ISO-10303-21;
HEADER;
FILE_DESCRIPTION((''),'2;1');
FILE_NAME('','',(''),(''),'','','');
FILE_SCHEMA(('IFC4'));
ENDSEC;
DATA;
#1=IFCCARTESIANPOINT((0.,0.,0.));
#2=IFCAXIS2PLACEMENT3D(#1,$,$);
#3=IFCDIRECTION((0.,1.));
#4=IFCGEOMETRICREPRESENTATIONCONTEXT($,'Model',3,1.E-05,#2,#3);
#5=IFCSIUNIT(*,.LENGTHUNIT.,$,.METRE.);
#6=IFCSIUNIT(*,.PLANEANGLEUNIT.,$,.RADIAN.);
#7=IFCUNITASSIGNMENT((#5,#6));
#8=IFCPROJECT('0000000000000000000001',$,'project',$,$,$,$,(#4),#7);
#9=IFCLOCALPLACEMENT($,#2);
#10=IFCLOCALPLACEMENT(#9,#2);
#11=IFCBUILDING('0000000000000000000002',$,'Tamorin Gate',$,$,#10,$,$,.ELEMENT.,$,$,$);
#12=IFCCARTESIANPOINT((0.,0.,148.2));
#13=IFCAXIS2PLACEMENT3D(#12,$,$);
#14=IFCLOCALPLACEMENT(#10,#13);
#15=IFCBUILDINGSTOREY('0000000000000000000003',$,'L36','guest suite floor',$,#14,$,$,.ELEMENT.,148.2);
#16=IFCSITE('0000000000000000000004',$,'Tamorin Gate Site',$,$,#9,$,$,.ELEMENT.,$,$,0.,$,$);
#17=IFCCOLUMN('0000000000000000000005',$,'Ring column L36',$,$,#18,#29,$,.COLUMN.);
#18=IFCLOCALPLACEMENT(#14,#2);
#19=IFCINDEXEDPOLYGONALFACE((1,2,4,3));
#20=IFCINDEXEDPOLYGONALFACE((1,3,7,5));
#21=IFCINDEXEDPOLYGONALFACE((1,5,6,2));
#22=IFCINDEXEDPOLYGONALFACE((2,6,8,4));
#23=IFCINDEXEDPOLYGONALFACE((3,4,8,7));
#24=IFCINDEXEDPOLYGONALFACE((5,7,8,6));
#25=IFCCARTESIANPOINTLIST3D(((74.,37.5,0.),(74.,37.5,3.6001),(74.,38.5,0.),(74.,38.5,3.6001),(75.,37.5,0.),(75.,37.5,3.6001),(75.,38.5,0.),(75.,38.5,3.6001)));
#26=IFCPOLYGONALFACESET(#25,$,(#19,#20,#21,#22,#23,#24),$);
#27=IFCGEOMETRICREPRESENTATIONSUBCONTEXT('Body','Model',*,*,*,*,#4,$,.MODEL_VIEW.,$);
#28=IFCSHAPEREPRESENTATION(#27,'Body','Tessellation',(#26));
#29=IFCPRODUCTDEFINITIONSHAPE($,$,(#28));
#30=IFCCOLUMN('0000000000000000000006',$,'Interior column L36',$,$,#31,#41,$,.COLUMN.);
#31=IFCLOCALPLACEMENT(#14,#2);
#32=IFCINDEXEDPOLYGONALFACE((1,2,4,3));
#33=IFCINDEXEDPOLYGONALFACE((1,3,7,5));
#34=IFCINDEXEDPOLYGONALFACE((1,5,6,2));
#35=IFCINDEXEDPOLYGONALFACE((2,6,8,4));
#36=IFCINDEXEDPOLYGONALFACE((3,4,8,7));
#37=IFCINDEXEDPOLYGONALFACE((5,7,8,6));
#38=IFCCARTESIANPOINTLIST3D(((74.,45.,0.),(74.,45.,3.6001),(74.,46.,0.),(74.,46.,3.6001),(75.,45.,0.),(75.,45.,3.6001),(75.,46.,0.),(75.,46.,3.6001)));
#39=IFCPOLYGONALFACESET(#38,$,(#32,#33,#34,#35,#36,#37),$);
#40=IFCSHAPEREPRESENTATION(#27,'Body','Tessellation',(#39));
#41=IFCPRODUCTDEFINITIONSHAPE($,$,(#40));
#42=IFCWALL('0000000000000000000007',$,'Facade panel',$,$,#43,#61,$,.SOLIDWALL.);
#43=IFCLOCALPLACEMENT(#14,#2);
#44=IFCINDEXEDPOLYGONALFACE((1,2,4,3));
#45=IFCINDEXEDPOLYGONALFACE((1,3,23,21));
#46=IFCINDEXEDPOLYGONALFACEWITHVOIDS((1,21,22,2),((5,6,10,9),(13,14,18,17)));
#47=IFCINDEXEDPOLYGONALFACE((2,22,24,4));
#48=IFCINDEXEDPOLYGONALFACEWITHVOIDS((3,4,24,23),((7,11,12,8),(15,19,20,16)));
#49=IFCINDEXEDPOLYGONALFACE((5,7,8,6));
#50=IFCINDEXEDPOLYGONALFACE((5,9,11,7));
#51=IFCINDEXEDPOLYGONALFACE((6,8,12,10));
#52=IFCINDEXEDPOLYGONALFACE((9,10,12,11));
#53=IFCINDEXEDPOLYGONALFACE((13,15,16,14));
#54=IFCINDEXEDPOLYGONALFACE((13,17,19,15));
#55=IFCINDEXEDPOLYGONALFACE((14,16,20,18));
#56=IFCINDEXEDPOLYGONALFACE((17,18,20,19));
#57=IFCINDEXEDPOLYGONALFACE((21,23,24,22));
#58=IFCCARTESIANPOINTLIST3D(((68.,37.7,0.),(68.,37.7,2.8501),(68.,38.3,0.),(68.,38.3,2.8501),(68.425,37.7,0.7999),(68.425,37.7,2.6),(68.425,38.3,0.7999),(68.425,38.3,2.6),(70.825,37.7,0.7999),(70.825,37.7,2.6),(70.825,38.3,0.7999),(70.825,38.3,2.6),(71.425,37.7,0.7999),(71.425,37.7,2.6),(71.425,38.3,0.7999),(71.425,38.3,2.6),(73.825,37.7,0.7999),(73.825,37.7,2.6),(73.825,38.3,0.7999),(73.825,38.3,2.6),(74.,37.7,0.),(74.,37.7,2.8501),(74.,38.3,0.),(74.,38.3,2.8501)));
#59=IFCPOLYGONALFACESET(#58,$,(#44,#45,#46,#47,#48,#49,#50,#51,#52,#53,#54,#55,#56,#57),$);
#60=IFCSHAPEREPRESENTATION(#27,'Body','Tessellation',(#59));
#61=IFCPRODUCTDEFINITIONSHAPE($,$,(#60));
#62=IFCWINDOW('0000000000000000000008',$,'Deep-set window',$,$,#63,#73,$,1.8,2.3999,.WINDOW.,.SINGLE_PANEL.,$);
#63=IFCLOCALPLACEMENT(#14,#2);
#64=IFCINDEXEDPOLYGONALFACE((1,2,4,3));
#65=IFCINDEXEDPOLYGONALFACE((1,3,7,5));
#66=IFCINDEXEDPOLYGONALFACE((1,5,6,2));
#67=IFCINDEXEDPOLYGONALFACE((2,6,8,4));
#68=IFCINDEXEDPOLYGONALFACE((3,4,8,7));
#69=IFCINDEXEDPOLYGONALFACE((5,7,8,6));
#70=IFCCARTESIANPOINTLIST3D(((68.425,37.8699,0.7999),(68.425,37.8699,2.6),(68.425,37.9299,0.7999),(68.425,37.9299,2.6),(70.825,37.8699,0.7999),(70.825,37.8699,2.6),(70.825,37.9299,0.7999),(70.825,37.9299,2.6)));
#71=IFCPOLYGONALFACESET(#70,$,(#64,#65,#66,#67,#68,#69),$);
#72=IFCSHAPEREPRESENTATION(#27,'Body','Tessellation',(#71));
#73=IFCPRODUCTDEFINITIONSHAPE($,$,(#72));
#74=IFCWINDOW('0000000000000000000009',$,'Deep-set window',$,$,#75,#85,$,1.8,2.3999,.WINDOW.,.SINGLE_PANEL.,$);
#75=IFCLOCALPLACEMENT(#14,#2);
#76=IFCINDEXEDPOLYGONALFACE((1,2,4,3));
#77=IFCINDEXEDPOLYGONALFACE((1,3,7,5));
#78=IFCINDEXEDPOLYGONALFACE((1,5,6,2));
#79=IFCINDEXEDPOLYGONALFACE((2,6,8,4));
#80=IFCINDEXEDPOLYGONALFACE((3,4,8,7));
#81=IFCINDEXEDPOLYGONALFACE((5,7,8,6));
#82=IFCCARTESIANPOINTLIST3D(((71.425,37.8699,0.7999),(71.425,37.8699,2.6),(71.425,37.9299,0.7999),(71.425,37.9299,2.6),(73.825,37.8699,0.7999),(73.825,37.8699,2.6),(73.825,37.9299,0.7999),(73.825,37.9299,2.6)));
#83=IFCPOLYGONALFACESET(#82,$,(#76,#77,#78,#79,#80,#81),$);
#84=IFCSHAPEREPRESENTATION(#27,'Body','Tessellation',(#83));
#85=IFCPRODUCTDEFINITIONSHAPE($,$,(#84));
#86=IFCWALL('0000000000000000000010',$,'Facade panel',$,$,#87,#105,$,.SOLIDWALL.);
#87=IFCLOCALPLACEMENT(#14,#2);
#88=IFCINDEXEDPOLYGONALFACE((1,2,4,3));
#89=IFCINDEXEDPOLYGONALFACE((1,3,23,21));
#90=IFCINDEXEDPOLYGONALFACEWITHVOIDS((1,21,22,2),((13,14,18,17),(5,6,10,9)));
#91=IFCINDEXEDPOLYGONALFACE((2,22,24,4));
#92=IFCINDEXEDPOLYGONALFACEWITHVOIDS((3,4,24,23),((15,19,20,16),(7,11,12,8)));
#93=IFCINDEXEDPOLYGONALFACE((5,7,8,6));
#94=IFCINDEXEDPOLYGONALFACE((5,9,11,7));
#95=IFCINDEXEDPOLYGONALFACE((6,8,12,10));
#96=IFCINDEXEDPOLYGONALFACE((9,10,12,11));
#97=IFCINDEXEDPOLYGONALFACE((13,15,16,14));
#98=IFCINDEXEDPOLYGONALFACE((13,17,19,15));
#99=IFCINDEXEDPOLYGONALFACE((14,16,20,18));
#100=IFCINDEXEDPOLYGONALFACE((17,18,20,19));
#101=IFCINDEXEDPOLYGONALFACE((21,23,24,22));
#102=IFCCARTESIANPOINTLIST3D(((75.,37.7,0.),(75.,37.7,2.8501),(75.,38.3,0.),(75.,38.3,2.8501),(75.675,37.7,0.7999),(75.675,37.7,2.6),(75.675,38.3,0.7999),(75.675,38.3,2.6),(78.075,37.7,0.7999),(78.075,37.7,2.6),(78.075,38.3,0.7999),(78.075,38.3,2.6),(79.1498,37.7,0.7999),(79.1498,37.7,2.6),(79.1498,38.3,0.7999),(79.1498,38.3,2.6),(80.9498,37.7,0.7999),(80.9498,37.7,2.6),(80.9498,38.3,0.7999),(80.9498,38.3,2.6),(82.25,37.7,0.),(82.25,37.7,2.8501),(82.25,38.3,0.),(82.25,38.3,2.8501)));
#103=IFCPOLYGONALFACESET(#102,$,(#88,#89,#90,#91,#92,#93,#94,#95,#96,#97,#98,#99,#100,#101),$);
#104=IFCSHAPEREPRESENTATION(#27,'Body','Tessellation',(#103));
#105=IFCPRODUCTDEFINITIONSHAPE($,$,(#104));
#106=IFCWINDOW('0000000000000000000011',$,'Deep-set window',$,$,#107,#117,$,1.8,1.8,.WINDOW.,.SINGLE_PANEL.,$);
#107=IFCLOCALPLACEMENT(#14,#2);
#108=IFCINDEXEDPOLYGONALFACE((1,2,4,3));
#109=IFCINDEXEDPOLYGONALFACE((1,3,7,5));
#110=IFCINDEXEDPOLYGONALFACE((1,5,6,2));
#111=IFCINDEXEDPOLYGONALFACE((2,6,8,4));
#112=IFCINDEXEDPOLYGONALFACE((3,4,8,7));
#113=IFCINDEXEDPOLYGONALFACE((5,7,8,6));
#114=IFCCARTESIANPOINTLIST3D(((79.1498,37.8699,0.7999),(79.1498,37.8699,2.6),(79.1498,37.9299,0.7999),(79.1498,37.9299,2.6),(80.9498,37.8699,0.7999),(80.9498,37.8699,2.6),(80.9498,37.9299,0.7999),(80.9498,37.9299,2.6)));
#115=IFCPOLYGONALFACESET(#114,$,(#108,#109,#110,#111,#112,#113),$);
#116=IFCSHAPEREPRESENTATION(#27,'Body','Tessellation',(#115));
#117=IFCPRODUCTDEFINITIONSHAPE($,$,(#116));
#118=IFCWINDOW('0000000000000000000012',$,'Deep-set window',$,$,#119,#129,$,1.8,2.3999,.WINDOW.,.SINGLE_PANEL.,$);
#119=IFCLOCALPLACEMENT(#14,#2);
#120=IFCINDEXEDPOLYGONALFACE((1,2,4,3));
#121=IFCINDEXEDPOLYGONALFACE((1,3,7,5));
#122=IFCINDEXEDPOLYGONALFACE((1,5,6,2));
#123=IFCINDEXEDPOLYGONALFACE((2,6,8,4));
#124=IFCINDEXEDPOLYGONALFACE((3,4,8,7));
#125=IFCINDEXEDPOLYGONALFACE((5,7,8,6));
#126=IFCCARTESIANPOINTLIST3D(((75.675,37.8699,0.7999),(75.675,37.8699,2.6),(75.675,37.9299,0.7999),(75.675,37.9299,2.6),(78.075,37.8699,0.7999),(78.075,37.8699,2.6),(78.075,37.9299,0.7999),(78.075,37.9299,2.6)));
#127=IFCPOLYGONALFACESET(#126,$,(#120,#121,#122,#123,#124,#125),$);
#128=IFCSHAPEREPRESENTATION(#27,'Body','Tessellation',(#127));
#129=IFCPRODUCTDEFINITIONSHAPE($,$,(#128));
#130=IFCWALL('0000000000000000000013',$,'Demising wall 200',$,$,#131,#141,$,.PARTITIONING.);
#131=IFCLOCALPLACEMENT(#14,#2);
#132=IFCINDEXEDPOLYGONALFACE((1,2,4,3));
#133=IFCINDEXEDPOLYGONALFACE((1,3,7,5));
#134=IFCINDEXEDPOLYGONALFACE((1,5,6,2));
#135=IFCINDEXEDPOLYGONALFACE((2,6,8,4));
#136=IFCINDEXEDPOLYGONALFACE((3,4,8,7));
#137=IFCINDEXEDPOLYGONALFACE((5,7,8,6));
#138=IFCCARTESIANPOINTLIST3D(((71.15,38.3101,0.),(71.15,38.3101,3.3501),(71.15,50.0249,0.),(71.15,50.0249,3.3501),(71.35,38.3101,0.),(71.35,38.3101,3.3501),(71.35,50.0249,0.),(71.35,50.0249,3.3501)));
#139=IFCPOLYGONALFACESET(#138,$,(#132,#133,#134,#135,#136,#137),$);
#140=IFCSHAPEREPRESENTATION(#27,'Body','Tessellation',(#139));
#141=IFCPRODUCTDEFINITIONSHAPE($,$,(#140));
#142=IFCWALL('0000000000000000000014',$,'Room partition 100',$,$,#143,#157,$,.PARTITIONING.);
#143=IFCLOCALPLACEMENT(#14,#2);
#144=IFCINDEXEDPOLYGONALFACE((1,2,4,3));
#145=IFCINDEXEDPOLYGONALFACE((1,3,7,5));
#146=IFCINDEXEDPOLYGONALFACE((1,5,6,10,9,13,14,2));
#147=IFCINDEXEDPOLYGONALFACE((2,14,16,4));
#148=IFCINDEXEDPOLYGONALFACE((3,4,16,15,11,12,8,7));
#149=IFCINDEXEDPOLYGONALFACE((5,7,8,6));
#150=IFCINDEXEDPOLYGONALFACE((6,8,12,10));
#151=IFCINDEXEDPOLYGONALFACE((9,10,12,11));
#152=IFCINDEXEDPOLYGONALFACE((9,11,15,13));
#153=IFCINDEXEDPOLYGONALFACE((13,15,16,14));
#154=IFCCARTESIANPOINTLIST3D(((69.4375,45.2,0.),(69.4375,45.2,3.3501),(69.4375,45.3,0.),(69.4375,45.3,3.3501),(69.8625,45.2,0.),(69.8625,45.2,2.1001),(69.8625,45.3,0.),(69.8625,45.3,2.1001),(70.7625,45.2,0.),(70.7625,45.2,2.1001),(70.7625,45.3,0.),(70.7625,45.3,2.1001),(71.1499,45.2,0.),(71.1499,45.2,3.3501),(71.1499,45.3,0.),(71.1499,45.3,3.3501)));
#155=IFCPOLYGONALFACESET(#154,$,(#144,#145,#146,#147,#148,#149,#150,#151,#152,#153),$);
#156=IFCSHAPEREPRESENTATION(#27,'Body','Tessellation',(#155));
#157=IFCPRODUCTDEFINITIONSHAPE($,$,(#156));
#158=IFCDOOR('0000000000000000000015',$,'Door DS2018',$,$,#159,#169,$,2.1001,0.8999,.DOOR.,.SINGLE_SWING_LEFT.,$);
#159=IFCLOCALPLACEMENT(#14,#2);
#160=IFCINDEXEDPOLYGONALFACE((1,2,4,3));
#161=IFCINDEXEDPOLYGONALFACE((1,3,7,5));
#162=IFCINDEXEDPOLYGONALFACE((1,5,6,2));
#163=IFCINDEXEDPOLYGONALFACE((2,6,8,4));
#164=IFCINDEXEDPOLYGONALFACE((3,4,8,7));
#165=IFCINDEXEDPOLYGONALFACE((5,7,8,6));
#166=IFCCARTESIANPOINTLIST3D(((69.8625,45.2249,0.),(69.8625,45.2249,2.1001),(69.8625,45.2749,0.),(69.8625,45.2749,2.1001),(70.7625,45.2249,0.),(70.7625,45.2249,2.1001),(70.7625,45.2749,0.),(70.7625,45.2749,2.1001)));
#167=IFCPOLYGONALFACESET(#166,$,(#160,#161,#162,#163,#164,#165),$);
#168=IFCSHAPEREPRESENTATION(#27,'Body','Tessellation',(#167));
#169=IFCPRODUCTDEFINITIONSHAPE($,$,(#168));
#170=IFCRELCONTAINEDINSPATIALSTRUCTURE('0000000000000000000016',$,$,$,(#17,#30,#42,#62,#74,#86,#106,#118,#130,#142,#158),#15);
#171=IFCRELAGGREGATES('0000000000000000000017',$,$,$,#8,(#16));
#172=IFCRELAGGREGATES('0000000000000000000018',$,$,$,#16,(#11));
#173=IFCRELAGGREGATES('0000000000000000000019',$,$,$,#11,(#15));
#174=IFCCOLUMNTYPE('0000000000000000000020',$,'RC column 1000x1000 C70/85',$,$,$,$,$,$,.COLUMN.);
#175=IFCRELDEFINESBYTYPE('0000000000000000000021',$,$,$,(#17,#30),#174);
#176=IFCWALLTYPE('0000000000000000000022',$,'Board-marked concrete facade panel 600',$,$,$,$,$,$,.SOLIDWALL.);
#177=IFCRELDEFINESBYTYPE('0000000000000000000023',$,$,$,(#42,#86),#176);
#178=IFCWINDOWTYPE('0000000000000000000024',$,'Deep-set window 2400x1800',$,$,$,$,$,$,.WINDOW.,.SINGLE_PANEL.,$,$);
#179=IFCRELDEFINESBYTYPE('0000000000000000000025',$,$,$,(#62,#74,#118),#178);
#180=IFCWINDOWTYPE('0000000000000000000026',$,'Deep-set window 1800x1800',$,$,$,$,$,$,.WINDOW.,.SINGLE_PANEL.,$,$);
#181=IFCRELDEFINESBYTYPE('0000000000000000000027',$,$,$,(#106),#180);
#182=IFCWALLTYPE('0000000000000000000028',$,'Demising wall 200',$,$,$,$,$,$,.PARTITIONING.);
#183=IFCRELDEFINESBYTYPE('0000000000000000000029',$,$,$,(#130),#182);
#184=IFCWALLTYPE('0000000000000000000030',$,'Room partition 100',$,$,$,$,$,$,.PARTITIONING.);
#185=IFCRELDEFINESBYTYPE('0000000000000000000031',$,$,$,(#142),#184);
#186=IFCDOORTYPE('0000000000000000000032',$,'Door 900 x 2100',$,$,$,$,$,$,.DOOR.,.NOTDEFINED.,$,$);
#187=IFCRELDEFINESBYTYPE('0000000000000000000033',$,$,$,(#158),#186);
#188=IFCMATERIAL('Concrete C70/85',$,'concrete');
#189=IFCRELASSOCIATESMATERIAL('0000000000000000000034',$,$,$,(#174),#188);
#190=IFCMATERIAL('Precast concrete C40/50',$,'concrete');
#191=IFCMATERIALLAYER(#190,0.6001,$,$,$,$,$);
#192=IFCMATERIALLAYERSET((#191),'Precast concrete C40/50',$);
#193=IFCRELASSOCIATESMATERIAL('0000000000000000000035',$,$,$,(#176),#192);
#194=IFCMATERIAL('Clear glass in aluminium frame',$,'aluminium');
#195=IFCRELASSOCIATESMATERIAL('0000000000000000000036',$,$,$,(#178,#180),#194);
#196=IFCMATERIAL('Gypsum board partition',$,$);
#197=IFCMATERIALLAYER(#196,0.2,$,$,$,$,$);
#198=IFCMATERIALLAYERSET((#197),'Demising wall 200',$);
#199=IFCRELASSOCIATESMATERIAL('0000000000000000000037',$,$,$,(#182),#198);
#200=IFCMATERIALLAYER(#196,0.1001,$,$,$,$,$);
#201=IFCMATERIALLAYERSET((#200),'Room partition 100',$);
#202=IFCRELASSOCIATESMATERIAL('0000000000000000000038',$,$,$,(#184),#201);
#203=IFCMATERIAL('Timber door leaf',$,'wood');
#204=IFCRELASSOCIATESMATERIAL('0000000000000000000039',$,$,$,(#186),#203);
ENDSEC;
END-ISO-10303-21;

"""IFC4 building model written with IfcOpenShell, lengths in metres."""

from ifc_helpers import new_model, si_unit, direction, frame, frame_2d, origin, origin_2d, place, context, subcontext, project, spatial, rectangle, extrude, material, layer, layer_set, material_profile, profile_set, type_object, element, fill, save


model = new_model("IFC4")

# Units and contexts
model_context = context("Model", 3, precision=1e-05, world=origin(), true_north=direction((0.0, 1.0)))
body_context = subcontext(model_context, "Body", "Model", "MODEL_VIEW")
ifc_project = project(units=[si_unit("LENGTHUNIT", "METRE"), si_unit("PLANEANGLEUNIT", "RADIAN")], contexts=[model_context])

# Site, building, storey
site_placement = place(None, origin())
site = spatial("IfcSite", under=ifc_project, at=site_placement, Name="Tamorin Gate Site", CompositionType="ELEMENT", RefElevation=0.0)
building_placement = place(site_placement, origin())
building = spatial("IfcBuilding", under=site, at=building_placement, Name="Tamorin Gate", CompositionType="ELEMENT")
storey_placement = place(building_placement, frame((0.0, 0.0, 148.2)))
storey = spatial("IfcBuildingStorey", under=building, at=storey_placement, Name="L36", Description="guest suite floor", CompositionType="ELEMENT", Elevation=148.2)

# Columns
ifc_material_1 = material(Name="Concrete C70/85", Category="concrete")
ifc_material_profile = material_profile(ifc_material_1, rectangle(XDim=1.0, YDim=1.0, at=origin_2d()), Name="RC 1000x1000")
ifc_profile_set = profile_set([ifc_material_profile], Name="Concrete C70/85")
column_type = type_object("IfcColumnType", Name="RC column 1000x1000 C70/85", PredefinedType="COLUMN", material=ifc_profile_set)
for number, where, z_axis, x_axis, name in (
    (1, (74.5, 38.0, 0.0), (0.0, 0.0, 1.0), (1.0, 0.0, 0.0), "Ring column L36"),
    (2, (74.5, 45.5, 0.0), (0.0, 0.0, 1.0), (1.0, 0.0, 0.0), "Interior column L36"),
):
    element("IfcColumn", number, at=place(storey_placement, frame(where, z_axis=z_axis, x_axis=x_axis)), inside=storey, type_object=column_type, Name=name, PredefinedType="COLUMN", context=body_context, shape_type="SweptSolid", body=[
        extrude(rectangle(XDim=1.0, YDim=1.0, at=origin_2d()), origin(), (0.0, 0.0, 1.0), 3.6001),
    ])

# Walls, openings, windows
ifc_material_2 = material(Name="Precast concrete C40/50", Category="concrete")
ifc_layer_1 = layer(ifc_material_2, 0.6001)
ifc_layer_set_1 = layer_set([ifc_layer_1], Name="Precast concrete C40/50")
wall_type_1 = type_object("IfcWallType", Name="Board-marked concrete facade panel 600", PredefinedType="SOLIDWALL", material=ifc_layer_set_1)
wall_1_placement = place(storey_placement, frame((68.0, 38.0, 0.0), z_axis=(0.0, 0.0, 1.0), x_axis=(1.0, 0.0, 0.0)))
wall_1 = element("IfcWall", 3, at=wall_1_placement, inside=storey, type_object=wall_type_1, Name="Facade panel", PredefinedType="SOLIDWALL", context=body_context, shape_type="SweptSolid", body=[
    extrude(rectangle(XDim=6.0, YDim=0.6001, at=frame_2d((3.0, 0.0))), origin(), (0.0, 0.0, 1.0), 2.8501),
])
opening_1_placement = place(wall_1_placement, frame((0.425, 0.0, 0.8)))
opening_1 = element("IfcOpeningElement", 4, at=opening_1_placement, cuts=wall_1, PredefinedType="OPENING", context=body_context, shape_type="SweptSolid", body=[
    extrude(rectangle(XDim=2.3999, YDim=1.8, at=frame_2d((1.2, 0.8999))), frame((0.0, 0.3101, 0.0), z_axis=(0.0, -1.0, 0.0), x_axis=(1.0, 0.0, 0.0)), (0.0, 0.0, 1.0), 0.6201),
])
opening_2_placement = place(wall_1_placement, frame((3.425, 0.0, 0.8)))
opening_2 = element("IfcOpeningElement", 5, at=opening_2_placement, cuts=wall_1, PredefinedType="OPENING", context=body_context, shape_type="SweptSolid", body=[
    extrude(rectangle(XDim=2.3999, YDim=1.8, at=frame_2d((1.2, 0.8999))), frame((0.0, 0.3101, 0.0), z_axis=(0.0, -1.0, 0.0), x_axis=(1.0, 0.0, 0.0)), (0.0, 0.0, 1.0), 0.6201),
])
ifc_material_3 = material(Name="Clear glass in aluminium frame", Category="aluminium")
window_type_1 = type_object("IfcWindowType", Name="Deep-set window 2400x1800", PartitioningType="SINGLE_PANEL", PredefinedType="WINDOW", material=ifc_material_3)
window_1_placement = place(opening_1_placement, origin())
window_1 = element("IfcWindow", 6, at=window_1_placement, inside=storey, type_object=window_type_1, Name="Deep-set window", OverallHeight=1.8, OverallWidth=2.3999, PartitioningType="SINGLE_PANEL", PredefinedType="WINDOW", context=body_context, shape_type="SweptSolid", body=[
    extrude(rectangle(XDim=2.3999, YDim=1.8, at=frame_2d((1.2, 0.8999))), frame((0.0, -0.0701, 0.0), z_axis=(0.0, -1.0, 0.0), x_axis=(1.0, 0.0, 0.0)), (0.0, 0.0, 1.0), 0.0601),
])
fill(opening_1, window_1)
window_2_placement = place(opening_2_placement, origin())
window_2 = element("IfcWindow", 7, at=window_2_placement, inside=storey, type_object=window_type_1, Name="Deep-set window", OverallHeight=1.8, OverallWidth=2.3999, PartitioningType="SINGLE_PANEL", PredefinedType="WINDOW", context=body_context, shape_type="SweptSolid", body=[
    extrude(rectangle(XDim=2.3999, YDim=1.8, at=frame_2d((1.2, 0.8999))), frame((0.0, -0.0701, 0.0), z_axis=(0.0, -1.0, 0.0), x_axis=(1.0, 0.0, 0.0)), (0.0, 0.0, 1.0), 0.0601),
])
fill(opening_2, window_2)
wall_2_placement = place(storey_placement, frame((75.0, 38.0, 0.0), z_axis=(0.0, 0.0, 1.0), x_axis=(1.0, 0.0, 0.0)))
wall_2 = element("IfcWall", 8, at=wall_2_placement, inside=storey, type_object=wall_type_1, Name="Facade panel", PredefinedType="SOLIDWALL", context=body_context, shape_type="SweptSolid", body=[
    extrude(rectangle(XDim=7.25, YDim=0.6001, at=frame_2d((3.625, 0.0))), origin(), (0.0, 0.0, 1.0), 2.8501),
])
opening_3_placement = place(wall_2_placement, frame((0.675, 0.0, 0.8)))
opening_3 = element("IfcOpeningElement", 9, at=opening_3_placement, cuts=wall_2, PredefinedType="OPENING", context=body_context, shape_type="SweptSolid", body=[
    extrude(rectangle(XDim=2.3999, YDim=1.8, at=frame_2d((1.2, 0.8999))), frame((0.0, 0.3101, 0.0), z_axis=(0.0, -1.0, 0.0), x_axis=(1.0, 0.0, 0.0)), (0.0, 0.0, 1.0), 0.6201),
])
opening_4_placement = place(wall_2_placement, frame((4.1499, 0.0, 0.8)))
opening_4 = element("IfcOpeningElement", 10, at=opening_4_placement, cuts=wall_2, PredefinedType="OPENING", context=body_context, shape_type="SweptSolid", body=[
    extrude(rectangle(XDim=1.8, YDim=1.8, at=frame_2d((0.8999, 0.8999))), frame((0.0, 0.3101, 0.0), z_axis=(0.0, -1.0, 0.0), x_axis=(1.0, 0.0, 0.0)), (0.0, 0.0, 1.0), 0.6201),
])
window_type_2 = type_object("IfcWindowType", Name="Deep-set window 1800x1800", PartitioningType="SINGLE_PANEL", PredefinedType="WINDOW", material=ifc_material_3)
window_3_placement = place(opening_4_placement, origin())
window_3 = element("IfcWindow", 11, at=window_3_placement, inside=storey, type_object=window_type_2, Name="Deep-set window", OverallHeight=1.8, OverallWidth=1.8, PartitioningType="SINGLE_PANEL", PredefinedType="WINDOW", context=body_context, shape_type="SweptSolid", body=[
    extrude(rectangle(XDim=1.8, YDim=1.8, at=frame_2d((0.8999, 0.8999))), frame((0.0, -0.0701, 0.0), z_axis=(0.0, -1.0, 0.0), x_axis=(1.0, 0.0, 0.0)), (0.0, 0.0, 1.0), 0.0601),
])
fill(opening_4, window_3)
window_4_placement = place(opening_3_placement, origin())
window_4 = element("IfcWindow", 12, at=window_4_placement, inside=storey, type_object=window_type_1, Name="Deep-set window", OverallHeight=1.8, OverallWidth=2.3999, PartitioningType="SINGLE_PANEL", PredefinedType="WINDOW", context=body_context, shape_type="SweptSolid", body=[
    extrude(rectangle(XDim=2.3999, YDim=1.8, at=frame_2d((1.2, 0.8999))), frame((0.0, -0.0701, 0.0), z_axis=(0.0, -1.0, 0.0), x_axis=(1.0, 0.0, 0.0)), (0.0, 0.0, 1.0), 0.0601),
])
fill(opening_3, window_4)

# Wall
ifc_material_4 = material(Name="Gypsum board partition")
ifc_layer_2 = layer(ifc_material_4, 0.2)
ifc_layer_set_2 = layer_set([ifc_layer_2], Name="Demising wall 200")
wall_type_2 = type_object("IfcWallType", Name="Demising wall 200", PredefinedType="PARTITIONING", material=ifc_layer_set_2)
wall_3_placement = place(storey_placement, frame((71.25, 38.3101, 0.0), z_axis=(0.0, 0.0, 1.0), x_axis=(0.0, 1.0, 0.0)))
element("IfcWall", 13, at=wall_3_placement, inside=storey, type_object=wall_type_2, Name="Demising wall 200", PredefinedType="PARTITIONING", context=body_context, shape_type="SweptSolid", body=[
    extrude(rectangle(XDim=11.7148, YDim=0.2, at=frame_2d((5.8574, 0.0))), origin(), (0.0, 0.0, 1.0), 3.3501),
])

# Wall, opening, door
ifc_layer_3 = layer(ifc_material_4, 0.1001)
ifc_layer_set_3 = layer_set([ifc_layer_3], Name="Room partition 100")
wall_type_3 = type_object("IfcWallType", Name="Room partition 100", PredefinedType="PARTITIONING", material=ifc_layer_set_3)
wall_4_placement = place(storey_placement, frame((69.4375, 45.25, 0.0), z_axis=(0.0, 0.0, 1.0), x_axis=(1.0, 0.0, 0.0)))
wall_4 = element("IfcWall", 14, at=wall_4_placement, inside=storey, type_object=wall_type_3, Name="Room partition 100", PredefinedType="PARTITIONING", context=body_context, shape_type="SweptSolid", body=[
    extrude(rectangle(XDim=1.7124, YDim=0.1001, at=frame_2d((0.8562, 0.0))), origin(), (0.0, 0.0, 1.0), 3.3501),
])
opening_5_placement = place(wall_4_placement, frame((0.425, 0.0, 0.0)))
opening_5 = element("IfcOpeningElement", 15, at=opening_5_placement, cuts=wall_4, PredefinedType="OPENING", context=body_context, shape_type="SweptSolid", body=[
    extrude(rectangle(XDim=0.8999, YDim=2.1001, at=frame_2d((0.45, 1.05))), frame((0.0, 0.0601, 0.0), z_axis=(0.0, -1.0, 0.0), x_axis=(1.0, 0.0, 0.0)), (0.0, 0.0, 1.0), 0.1201),
])
ifc_material_5 = material(Name="Timber door leaf", Category="wood")
door_type = type_object("IfcDoorType", Name="Door 900 x 2100", OperationType="NOTDEFINED", PredefinedType="DOOR", material=ifc_material_5)
door_1_placement = place(opening_5_placement, origin())
door_1 = element("IfcDoor", 16, at=door_1_placement, inside=storey, type_object=door_type, Name="Door DS2018", OperationType="SINGLE_SWING_LEFT", OverallHeight=2.1001, OverallWidth=0.8999, PredefinedType="DOOR", context=body_context, shape_type="SweptSolid", body=[
    extrude(rectangle(XDim=0.8999, YDim=2.1001, at=frame_2d((0.45, 1.05))), frame((0.0, 0.0249, 0.0), z_axis=(0.0, -1.0, 0.0), x_axis=(1.0, 0.0, 0.0)), (0.0, 0.0, 1.0), 0.05),
])
fill(opening_5, door_1)

save(model, "model.ifc")
